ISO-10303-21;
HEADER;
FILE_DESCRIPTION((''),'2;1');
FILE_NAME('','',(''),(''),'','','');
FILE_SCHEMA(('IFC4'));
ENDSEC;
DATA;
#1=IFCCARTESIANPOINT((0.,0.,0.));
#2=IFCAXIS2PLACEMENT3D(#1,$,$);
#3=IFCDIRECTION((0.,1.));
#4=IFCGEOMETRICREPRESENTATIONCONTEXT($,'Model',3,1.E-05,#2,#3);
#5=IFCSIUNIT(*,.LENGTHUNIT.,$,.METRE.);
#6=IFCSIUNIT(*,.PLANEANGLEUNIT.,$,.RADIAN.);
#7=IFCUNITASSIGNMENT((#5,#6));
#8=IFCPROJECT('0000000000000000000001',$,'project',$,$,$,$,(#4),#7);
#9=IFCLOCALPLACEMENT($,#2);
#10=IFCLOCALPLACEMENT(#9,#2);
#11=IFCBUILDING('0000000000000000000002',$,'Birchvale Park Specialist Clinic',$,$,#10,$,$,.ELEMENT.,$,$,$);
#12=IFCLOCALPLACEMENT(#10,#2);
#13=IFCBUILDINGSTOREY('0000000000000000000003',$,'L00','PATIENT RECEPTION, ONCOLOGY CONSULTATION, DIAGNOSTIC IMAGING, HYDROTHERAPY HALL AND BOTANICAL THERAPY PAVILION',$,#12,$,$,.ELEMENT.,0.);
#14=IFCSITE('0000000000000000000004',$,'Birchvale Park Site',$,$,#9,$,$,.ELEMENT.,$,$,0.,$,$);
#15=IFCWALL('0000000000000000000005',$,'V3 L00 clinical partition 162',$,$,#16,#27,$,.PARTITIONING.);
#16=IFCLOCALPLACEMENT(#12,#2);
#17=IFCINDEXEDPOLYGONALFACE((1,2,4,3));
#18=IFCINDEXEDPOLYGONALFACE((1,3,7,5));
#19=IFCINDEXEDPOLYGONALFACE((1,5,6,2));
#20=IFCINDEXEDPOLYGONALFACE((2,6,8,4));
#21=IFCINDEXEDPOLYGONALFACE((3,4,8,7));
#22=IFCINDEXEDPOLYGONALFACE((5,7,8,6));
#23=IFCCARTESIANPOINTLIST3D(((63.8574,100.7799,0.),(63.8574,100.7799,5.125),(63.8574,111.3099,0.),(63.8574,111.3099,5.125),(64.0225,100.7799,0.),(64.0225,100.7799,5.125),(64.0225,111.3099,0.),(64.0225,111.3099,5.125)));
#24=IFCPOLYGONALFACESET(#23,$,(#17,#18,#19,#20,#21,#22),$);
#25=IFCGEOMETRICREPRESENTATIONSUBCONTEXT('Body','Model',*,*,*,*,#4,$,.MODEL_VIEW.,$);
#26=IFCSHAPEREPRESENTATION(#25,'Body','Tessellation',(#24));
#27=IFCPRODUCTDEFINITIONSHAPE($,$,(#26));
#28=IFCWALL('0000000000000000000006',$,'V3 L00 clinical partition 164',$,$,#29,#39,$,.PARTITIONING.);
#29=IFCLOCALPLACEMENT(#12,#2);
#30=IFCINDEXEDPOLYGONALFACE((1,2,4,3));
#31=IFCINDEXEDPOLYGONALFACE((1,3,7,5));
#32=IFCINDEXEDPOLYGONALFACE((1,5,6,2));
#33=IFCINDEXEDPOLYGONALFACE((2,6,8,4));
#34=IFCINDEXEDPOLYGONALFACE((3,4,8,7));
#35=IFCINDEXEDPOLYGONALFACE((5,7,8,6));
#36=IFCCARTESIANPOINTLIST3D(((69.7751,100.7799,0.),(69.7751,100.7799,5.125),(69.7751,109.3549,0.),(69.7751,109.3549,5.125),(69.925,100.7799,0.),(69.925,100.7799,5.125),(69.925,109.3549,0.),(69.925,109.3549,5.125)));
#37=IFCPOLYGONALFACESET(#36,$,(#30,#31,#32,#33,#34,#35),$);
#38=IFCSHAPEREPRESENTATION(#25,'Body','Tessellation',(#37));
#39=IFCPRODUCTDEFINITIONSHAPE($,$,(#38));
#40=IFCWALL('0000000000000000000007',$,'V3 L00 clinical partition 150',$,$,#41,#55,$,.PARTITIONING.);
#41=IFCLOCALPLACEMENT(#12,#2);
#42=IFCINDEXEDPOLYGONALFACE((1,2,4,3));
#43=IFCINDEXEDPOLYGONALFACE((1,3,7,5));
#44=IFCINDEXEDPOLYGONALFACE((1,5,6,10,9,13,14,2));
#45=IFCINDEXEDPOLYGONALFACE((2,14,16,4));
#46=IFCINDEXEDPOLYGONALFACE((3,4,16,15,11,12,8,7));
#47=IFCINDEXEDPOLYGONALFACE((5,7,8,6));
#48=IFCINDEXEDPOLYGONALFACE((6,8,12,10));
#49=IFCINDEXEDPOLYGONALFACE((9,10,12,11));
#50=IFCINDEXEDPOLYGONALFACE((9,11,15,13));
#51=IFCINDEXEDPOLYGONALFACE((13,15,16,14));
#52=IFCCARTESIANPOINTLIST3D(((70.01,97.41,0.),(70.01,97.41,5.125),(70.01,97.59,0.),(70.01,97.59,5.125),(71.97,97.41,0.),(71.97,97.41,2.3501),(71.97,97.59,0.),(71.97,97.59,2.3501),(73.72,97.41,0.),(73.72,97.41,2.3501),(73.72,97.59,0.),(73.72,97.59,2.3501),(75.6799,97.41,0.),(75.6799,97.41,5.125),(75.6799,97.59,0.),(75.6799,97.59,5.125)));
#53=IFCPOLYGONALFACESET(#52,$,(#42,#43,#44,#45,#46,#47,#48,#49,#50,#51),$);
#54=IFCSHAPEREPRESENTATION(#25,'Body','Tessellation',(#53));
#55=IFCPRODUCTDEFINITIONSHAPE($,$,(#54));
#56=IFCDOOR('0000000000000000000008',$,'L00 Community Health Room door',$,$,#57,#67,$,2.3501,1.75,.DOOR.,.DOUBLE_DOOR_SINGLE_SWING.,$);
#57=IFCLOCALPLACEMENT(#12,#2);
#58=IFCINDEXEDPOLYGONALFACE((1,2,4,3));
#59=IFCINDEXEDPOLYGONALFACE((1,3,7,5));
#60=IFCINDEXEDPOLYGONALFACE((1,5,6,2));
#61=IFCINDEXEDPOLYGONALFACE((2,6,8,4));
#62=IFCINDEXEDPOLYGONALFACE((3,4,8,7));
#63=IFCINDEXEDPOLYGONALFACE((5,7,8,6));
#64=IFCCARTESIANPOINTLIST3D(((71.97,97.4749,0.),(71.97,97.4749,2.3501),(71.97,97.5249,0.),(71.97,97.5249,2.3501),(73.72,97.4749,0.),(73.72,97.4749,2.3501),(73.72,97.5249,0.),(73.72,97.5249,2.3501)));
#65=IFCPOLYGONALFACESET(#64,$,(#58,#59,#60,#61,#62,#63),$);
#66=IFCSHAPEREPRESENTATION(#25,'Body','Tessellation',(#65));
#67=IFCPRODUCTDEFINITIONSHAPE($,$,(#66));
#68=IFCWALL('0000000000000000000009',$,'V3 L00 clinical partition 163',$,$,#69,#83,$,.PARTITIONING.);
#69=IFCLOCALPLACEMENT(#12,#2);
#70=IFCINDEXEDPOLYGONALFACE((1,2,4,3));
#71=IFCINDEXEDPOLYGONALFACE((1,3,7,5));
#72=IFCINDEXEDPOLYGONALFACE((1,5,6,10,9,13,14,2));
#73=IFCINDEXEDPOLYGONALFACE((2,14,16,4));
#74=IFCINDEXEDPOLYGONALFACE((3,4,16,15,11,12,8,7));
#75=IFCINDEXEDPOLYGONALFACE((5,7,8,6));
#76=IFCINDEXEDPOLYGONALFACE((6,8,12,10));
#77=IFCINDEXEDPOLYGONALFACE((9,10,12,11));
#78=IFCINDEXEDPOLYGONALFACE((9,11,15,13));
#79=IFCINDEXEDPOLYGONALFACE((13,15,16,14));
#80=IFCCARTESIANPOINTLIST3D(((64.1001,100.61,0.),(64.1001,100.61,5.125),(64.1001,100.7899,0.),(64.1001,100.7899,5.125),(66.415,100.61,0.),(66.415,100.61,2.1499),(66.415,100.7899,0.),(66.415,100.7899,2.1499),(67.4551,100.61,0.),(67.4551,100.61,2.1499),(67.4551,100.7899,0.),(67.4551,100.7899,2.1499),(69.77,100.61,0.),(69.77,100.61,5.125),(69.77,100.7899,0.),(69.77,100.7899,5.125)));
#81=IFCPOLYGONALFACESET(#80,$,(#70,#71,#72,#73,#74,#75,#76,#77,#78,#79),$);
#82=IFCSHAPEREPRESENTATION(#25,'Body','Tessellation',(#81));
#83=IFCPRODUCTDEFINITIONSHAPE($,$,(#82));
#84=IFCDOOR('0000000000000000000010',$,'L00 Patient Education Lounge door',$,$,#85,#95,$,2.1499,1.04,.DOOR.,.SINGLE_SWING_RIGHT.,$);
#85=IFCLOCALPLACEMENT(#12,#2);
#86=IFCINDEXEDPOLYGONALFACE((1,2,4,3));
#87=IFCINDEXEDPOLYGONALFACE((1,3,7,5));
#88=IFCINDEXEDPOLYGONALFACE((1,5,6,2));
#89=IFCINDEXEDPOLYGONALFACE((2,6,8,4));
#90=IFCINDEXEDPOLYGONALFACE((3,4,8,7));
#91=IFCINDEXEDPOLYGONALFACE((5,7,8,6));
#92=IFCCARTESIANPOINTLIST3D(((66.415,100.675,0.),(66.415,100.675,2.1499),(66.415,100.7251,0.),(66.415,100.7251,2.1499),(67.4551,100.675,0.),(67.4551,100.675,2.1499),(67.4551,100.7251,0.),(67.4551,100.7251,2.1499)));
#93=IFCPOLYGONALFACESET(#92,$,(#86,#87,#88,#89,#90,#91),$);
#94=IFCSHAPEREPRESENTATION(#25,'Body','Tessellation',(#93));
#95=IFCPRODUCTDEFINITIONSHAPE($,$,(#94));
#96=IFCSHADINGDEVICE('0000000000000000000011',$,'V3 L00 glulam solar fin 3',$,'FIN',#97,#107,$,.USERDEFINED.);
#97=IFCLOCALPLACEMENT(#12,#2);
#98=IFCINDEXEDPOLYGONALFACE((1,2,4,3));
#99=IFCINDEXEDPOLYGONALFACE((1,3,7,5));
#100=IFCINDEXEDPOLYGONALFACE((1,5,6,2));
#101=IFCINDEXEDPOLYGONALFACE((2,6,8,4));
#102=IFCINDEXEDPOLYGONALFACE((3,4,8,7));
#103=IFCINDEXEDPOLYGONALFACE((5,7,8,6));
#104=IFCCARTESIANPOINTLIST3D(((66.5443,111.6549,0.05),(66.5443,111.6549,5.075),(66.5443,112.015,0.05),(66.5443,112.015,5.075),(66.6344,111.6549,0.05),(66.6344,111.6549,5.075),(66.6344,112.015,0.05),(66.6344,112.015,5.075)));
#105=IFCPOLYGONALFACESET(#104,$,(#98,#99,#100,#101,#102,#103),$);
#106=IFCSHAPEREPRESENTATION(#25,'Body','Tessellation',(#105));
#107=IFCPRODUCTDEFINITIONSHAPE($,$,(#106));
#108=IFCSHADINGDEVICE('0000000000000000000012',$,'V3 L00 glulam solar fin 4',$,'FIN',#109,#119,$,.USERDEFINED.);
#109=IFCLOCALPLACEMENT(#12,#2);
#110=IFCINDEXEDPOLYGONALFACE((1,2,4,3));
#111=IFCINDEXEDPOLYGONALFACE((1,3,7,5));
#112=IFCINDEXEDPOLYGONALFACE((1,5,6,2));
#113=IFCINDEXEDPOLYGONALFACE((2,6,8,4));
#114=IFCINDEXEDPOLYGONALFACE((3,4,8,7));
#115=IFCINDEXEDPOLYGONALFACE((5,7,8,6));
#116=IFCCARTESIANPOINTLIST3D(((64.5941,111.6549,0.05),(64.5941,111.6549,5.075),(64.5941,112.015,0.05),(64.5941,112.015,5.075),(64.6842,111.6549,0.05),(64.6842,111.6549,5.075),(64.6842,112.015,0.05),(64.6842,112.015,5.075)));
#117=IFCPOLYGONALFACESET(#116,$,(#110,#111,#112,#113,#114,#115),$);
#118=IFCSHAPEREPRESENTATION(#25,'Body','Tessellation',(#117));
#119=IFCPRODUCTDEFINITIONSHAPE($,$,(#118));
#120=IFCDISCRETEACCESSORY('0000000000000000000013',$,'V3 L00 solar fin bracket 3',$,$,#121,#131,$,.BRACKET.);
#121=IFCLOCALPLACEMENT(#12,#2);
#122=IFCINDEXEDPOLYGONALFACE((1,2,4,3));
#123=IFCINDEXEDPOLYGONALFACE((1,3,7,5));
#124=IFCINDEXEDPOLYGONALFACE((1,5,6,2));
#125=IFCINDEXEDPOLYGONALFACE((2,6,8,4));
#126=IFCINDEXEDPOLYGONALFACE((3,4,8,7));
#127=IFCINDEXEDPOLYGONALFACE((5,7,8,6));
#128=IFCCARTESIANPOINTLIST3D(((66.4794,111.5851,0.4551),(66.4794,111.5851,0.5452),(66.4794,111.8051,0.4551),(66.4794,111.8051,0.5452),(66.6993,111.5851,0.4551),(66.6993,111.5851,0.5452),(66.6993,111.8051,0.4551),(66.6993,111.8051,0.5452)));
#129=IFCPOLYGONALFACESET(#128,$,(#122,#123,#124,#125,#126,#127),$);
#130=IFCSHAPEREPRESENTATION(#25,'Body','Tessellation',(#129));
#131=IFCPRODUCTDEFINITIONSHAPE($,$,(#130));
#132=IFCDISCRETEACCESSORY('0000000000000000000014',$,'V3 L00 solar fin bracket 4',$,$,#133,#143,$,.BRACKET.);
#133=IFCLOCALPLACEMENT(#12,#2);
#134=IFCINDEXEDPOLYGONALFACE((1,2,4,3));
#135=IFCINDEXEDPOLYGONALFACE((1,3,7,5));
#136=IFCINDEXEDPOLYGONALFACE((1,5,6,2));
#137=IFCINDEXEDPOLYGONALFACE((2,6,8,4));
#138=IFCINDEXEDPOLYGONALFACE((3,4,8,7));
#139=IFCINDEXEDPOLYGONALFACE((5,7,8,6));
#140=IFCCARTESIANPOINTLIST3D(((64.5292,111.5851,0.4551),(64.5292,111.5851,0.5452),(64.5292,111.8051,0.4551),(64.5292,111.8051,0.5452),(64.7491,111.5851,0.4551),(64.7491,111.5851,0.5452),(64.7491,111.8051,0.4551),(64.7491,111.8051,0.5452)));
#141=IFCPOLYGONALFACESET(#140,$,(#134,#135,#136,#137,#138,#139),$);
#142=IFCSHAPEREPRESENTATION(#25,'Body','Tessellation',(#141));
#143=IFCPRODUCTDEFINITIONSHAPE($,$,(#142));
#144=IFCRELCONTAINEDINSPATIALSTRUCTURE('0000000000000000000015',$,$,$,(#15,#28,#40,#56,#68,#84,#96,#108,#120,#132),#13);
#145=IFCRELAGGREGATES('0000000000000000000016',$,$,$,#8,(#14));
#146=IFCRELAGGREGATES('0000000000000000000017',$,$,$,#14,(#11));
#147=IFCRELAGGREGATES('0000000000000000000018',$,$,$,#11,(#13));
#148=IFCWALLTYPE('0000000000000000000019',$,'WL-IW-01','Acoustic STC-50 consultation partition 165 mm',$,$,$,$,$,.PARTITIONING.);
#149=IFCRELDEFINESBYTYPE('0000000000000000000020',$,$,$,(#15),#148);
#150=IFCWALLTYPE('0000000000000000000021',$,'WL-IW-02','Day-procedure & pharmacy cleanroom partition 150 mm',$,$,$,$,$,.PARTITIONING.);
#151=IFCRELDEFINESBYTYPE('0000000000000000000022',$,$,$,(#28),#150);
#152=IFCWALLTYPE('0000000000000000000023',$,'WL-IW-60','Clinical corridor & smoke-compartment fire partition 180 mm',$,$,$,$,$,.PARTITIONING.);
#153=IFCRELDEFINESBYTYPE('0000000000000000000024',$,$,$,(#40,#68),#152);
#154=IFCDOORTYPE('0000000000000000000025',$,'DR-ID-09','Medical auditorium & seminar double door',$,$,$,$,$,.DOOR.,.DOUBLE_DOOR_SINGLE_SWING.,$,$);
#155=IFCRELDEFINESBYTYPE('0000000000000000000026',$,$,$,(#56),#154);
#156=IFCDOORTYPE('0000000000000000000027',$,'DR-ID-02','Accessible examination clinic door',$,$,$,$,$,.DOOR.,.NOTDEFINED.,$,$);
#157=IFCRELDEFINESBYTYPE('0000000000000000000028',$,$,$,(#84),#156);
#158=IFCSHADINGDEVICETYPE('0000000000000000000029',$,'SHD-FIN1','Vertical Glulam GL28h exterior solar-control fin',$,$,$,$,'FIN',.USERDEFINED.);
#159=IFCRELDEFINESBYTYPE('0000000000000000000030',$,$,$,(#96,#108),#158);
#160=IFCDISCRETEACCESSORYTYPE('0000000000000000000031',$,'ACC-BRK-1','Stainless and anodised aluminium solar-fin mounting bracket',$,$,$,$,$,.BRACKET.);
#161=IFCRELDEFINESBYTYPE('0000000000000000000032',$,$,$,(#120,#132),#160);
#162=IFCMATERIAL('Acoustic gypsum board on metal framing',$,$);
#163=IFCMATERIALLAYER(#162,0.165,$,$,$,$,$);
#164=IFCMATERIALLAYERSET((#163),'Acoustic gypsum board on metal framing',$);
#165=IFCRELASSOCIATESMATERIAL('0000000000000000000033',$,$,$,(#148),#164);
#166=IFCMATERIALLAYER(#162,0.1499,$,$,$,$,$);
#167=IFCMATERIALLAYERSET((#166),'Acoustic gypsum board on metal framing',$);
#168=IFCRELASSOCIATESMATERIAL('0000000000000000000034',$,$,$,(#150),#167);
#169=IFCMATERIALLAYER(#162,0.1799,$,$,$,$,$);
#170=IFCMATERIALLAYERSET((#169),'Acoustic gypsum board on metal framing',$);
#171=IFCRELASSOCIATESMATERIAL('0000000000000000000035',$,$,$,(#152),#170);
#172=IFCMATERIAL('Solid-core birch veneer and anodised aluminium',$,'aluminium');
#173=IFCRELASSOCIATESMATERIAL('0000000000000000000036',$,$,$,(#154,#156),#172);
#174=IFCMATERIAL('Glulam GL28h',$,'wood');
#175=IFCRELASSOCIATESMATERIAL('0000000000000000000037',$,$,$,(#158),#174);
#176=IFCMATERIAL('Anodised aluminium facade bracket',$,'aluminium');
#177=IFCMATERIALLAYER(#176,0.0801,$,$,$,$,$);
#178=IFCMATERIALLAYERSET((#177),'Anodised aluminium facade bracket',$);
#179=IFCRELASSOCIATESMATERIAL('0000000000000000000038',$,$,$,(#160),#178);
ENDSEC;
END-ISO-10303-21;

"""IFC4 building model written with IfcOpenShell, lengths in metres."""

from ifc_helpers import new_model, si_unit, direction, frame, frame_2d, origin, origin_2d, place, context, subcontext, project, spatial, rectangle, extrude, material, layer, layer_set, type_object, element, fill, save


model = new_model("IFC4")

# Units and contexts
model_context = context("Model", 3, precision=1e-05, world=origin(), true_north=direction((0.0, 1.0)))
body_context = subcontext(model_context, "Body", "Model", "MODEL_VIEW")
ifc_project = project(units=[si_unit("LENGTHUNIT", "METRE"), si_unit("PLANEANGLEUNIT", "RADIAN")], contexts=[model_context])

# Site, building, storey
site_placement = place(None, origin())
site = spatial("IfcSite", under=ifc_project, at=site_placement, Name="Birchvale Park Site", CompositionType="ELEMENT", RefElevation=0.0)
building_placement = place(site_placement, origin())
building = spatial("IfcBuilding", under=site, at=building_placement, Name="Birchvale Park Specialist Clinic", CompositionType="ELEMENT")
storey_placement = place(building_placement, origin())
storey = spatial("IfcBuildingStorey", under=building, at=storey_placement, Name="L00", Description="PATIENT RECEPTION, ONCOLOGY CONSULTATION, DIAGNOSTIC IMAGING, HYDROTHERAPY HALL AND BOTANICAL THERAPY PAVILION", CompositionType="ELEMENT", Elevation=0.0)

# Walls
ifc_material_1 = material(Name="Acoustic gypsum board on metal framing")
ifc_layer_1 = layer(ifc_material_1, 0.165)
ifc_layer_set_1 = layer_set([ifc_layer_1], Name="Acoustic gypsum board on metal framing")
wall_type_1 = type_object("IfcWallType", Name="WL-IW-01", Description="Acoustic STC-50 consultation partition 165 mm", PredefinedType="PARTITIONING", material=ifc_layer_set_1)
wall_1_placement = place(storey_placement, frame((63.9399, 111.3101, 0.0), z_axis=(0.0, 0.0, 1.0), x_axis=(0.0, -1.0, 0.0)))
element("IfcWall", 1, at=wall_1_placement, inside=storey, type_object=wall_type_1, Name="V3 L00 clinical partition 162", PredefinedType="PARTITIONING", context=body_context, shape_type="SweptSolid", body=[
    extrude(rectangle(XDim=10.53, YDim=0.165, at=frame_2d((5.2651, 0.0))), origin(), (0.0, 0.0, 1.0), 5.125),
])
ifc_layer_2 = layer(ifc_material_1, 0.1499)
ifc_layer_set_2 = layer_set([ifc_layer_2], Name="Acoustic gypsum board on metal framing")
wall_type_2 = type_object("IfcWallType", Name="WL-IW-02", Description="Day-procedure & pharmacy cleanroom partition 150 mm", PredefinedType="PARTITIONING", material=ifc_layer_set_2)
wall_2_placement = place(storey_placement, frame((69.8501, 109.355, 0.0), z_axis=(0.0, 0.0, 1.0), x_axis=(0.0, -1.0, 0.0)))
element("IfcWall", 2, at=wall_2_placement, inside=storey, type_object=wall_type_2, Name="V3 L00 clinical partition 164", PredefinedType="PARTITIONING", context=body_context, shape_type="SweptSolid", body=[
    extrude(rectangle(XDim=8.575, YDim=0.1499, at=frame_2d((4.2876, 0.0))), origin(), (0.0, 0.0, 1.0), 5.125),
])

# Walls, openings, doors
ifc_layer_3 = layer(ifc_material_1, 0.1799)
ifc_layer_set_3 = layer_set([ifc_layer_3], Name="Acoustic gypsum board on metal framing")
wall_type_3 = type_object("IfcWallType", Name="WL-IW-60", Description="Clinical corridor & smoke-compartment fire partition 180 mm", PredefinedType="PARTITIONING", material=ifc_layer_set_3)
wall_3_placement = place(storey_placement, frame((70.01, 97.5, 0.0), z_axis=(0.0, 0.0, 1.0), x_axis=(1.0, 0.0, 0.0)))
wall_3 = element("IfcWall", 3, at=wall_3_placement, inside=storey, type_object=wall_type_3, Name="V3 L00 clinical partition 150", PredefinedType="PARTITIONING", context=body_context, shape_type="SweptSolid", body=[
    extrude(rectangle(XDim=5.6699, YDim=0.1799, at=frame_2d((2.835, 0.0))), origin(), (0.0, 0.0, 1.0), 5.125),
])
opening_1_placement = place(wall_3_placement, frame((1.96, 0.0, 0.0)))
opening_1 = element("IfcOpeningElement", 4, at=opening_1_placement, cuts=wall_3, PredefinedType="OPENING", context=body_context, shape_type="SweptSolid", body=[
    extrude(rectangle(XDim=1.75, YDim=2.3501, at=frame_2d((0.875, 1.175))), frame((0.0, 0.1001, 0.0), z_axis=(0.0, -1.0, 0.0), x_axis=(1.0, 0.0, 0.0)), (0.0, 0.0, 1.0), 0.2),
])
ifc_material_2 = material(Name="Solid-core birch veneer and anodised aluminium", Category="aluminium")
door_type_1 = type_object("IfcDoorType", Name="DR-ID-09", Description="Medical auditorium & seminar double door", OperationType="DOUBLE_DOOR_SINGLE_SWING", PredefinedType="DOOR", material=ifc_material_2)
door_1_placement = place(opening_1_placement, origin())
door_1 = element("IfcDoor", 5, at=door_1_placement, inside=storey, type_object=door_type_1, Name="L00 Community Health Room door", OperationType="DOUBLE_DOOR_SINGLE_SWING", OverallHeight=2.3501, OverallWidth=1.75, PredefinedType="DOOR", context=body_context, shape_type="SweptSolid", body=[
    extrude(rectangle(XDim=1.75, YDim=2.3501, at=frame_2d((0.875, 1.175))), frame((0.0, 0.0249, 0.0), z_axis=(0.0, -1.0, 0.0), x_axis=(1.0, 0.0, 0.0)), (0.0, 0.0, 1.0), 0.05),
])
fill(opening_1, door_1)
wall_4_placement = place(storey_placement, frame((69.77, 100.7, 0.0), z_axis=(0.0, 0.0, 1.0), x_axis=(-1.0, 0.0, 0.0)))
wall_4 = element("IfcWall", 6, at=wall_4_placement, inside=storey, type_object=wall_type_3, Name="V3 L00 clinical partition 163", PredefinedType="PARTITIONING", context=body_context, shape_type="SweptSolid", body=[
    extrude(rectangle(XDim=5.6699, YDim=0.1799, at=frame_2d((2.835, 0.0))), origin(), (0.0, 0.0, 1.0), 5.125),
])
opening_2_placement = place(wall_4_placement, frame((2.3149, 0.0, 0.0)))
opening_2 = element("IfcOpeningElement", 7, at=opening_2_placement, cuts=wall_4, PredefinedType="OPENING", context=body_context, shape_type="SweptSolid", body=[
    extrude(rectangle(XDim=1.04, YDim=2.1499, at=frame_2d((0.52, 1.075))), frame((0.0, 0.1001, 0.0), z_axis=(0.0, -1.0, 0.0), x_axis=(1.0, 0.0, 0.0)), (0.0, 0.0, 1.0), 0.2),
])
door_type_2 = type_object("IfcDoorType", Name="DR-ID-02", Description="Accessible examination clinic door", OperationType="NOTDEFINED", PredefinedType="DOOR", material=ifc_material_2)
door_2_placement = place(opening_2_placement, origin())
door_2 = element("IfcDoor", 8, at=door_2_placement, inside=storey, type_object=door_type_2, Name="L00 Patient Education Lounge door", OperationType="SINGLE_SWING_RIGHT", OverallHeight=2.1499, OverallWidth=1.04, PredefinedType="DOOR", context=body_context, shape_type="SweptSolid", body=[
    extrude(rectangle(XDim=1.04, YDim=2.1499, at=frame_2d((0.52, 1.075))), frame((0.0, 0.0249, 0.0), z_axis=(0.0, -1.0, 0.0), x_axis=(1.0, 0.0, 0.0)), (0.0, 0.0, 1.0), 0.05),
])
fill(opening_2, door_2)

# Shading devices
ifc_material_3 = material(Name="Glulam GL28h", Category="wood")
shading_device_type = type_object("IfcShadingDeviceType", Name="SHD-FIN1", Description="Vertical Glulam GL28h exterior solar-control fin", ElementType="FIN", PredefinedType="USERDEFINED", material=ifc_material_3)
for number, where, z_axis, x_axis, name in (
    (9, (66.5894, 111.835, 0.05), (0.0, 0.0, 1.0), (0.0, 1.0, 0.0), "V3 L00 glulam solar fin 3"),
    (10, (64.6392, 111.835, 0.05), (0.0, 0.0, 1.0), (0.0, 1.0, 0.0), "V3 L00 glulam solar fin 4"),
):
    element("IfcShadingDevice", number, at=place(storey_placement, frame(where, z_axis=z_axis, x_axis=x_axis)), inside=storey, type_object=shading_device_type, Name=name, ObjectType="FIN", PredefinedType="USERDEFINED", context=body_context, shape_type="SweptSolid", body=[
        extrude(rectangle(XDim=0.3601, YDim=0.0901, at=origin_2d()), origin(), (0.0, 0.0, 1.0), 5.0249),
    ])

# Discrete accessories
ifc_material_4 = material(Name="Anodised aluminium facade bracket", Category="aluminium")
ifc_layer_4 = layer(ifc_material_4, 0.0801)
ifc_layer_set_4 = layer_set([ifc_layer_4], Name="Anodised aluminium facade bracket")
discrete_accessory_type = type_object("IfcDiscreteAccessoryType", Name="ACC-BRK-1", Description="Stainless and anodised aluminium solar-fin mounting bracket", PredefinedType="BRACKET", material=ifc_layer_set_4)
for number, where, z_axis, x_axis, name in (
    (11, (66.5894, 111.6951, 0.4551), (0.0, 0.0, 1.0), (0.0, 1.0, 0.0), "V3 L00 solar fin bracket 3"),
    (12, (64.6392, 111.6951, 0.4551), (0.0, 0.0, 1.0), (0.0, 1.0, 0.0), "V3 L00 solar fin bracket 4"),
):
    element("IfcDiscreteAccessory", number, at=place(storey_placement, frame(where, z_axis=z_axis, x_axis=x_axis)), inside=storey, type_object=discrete_accessory_type, Name=name, PredefinedType="BRACKET", context=body_context, shape_type="SweptSolid", body=[
        extrude(rectangle(XDim=0.22, YDim=0.22, at=origin_2d()), origin(), (0.0, 0.0, 1.0), 0.0901),
    ])

save(model, "model.ifc")
